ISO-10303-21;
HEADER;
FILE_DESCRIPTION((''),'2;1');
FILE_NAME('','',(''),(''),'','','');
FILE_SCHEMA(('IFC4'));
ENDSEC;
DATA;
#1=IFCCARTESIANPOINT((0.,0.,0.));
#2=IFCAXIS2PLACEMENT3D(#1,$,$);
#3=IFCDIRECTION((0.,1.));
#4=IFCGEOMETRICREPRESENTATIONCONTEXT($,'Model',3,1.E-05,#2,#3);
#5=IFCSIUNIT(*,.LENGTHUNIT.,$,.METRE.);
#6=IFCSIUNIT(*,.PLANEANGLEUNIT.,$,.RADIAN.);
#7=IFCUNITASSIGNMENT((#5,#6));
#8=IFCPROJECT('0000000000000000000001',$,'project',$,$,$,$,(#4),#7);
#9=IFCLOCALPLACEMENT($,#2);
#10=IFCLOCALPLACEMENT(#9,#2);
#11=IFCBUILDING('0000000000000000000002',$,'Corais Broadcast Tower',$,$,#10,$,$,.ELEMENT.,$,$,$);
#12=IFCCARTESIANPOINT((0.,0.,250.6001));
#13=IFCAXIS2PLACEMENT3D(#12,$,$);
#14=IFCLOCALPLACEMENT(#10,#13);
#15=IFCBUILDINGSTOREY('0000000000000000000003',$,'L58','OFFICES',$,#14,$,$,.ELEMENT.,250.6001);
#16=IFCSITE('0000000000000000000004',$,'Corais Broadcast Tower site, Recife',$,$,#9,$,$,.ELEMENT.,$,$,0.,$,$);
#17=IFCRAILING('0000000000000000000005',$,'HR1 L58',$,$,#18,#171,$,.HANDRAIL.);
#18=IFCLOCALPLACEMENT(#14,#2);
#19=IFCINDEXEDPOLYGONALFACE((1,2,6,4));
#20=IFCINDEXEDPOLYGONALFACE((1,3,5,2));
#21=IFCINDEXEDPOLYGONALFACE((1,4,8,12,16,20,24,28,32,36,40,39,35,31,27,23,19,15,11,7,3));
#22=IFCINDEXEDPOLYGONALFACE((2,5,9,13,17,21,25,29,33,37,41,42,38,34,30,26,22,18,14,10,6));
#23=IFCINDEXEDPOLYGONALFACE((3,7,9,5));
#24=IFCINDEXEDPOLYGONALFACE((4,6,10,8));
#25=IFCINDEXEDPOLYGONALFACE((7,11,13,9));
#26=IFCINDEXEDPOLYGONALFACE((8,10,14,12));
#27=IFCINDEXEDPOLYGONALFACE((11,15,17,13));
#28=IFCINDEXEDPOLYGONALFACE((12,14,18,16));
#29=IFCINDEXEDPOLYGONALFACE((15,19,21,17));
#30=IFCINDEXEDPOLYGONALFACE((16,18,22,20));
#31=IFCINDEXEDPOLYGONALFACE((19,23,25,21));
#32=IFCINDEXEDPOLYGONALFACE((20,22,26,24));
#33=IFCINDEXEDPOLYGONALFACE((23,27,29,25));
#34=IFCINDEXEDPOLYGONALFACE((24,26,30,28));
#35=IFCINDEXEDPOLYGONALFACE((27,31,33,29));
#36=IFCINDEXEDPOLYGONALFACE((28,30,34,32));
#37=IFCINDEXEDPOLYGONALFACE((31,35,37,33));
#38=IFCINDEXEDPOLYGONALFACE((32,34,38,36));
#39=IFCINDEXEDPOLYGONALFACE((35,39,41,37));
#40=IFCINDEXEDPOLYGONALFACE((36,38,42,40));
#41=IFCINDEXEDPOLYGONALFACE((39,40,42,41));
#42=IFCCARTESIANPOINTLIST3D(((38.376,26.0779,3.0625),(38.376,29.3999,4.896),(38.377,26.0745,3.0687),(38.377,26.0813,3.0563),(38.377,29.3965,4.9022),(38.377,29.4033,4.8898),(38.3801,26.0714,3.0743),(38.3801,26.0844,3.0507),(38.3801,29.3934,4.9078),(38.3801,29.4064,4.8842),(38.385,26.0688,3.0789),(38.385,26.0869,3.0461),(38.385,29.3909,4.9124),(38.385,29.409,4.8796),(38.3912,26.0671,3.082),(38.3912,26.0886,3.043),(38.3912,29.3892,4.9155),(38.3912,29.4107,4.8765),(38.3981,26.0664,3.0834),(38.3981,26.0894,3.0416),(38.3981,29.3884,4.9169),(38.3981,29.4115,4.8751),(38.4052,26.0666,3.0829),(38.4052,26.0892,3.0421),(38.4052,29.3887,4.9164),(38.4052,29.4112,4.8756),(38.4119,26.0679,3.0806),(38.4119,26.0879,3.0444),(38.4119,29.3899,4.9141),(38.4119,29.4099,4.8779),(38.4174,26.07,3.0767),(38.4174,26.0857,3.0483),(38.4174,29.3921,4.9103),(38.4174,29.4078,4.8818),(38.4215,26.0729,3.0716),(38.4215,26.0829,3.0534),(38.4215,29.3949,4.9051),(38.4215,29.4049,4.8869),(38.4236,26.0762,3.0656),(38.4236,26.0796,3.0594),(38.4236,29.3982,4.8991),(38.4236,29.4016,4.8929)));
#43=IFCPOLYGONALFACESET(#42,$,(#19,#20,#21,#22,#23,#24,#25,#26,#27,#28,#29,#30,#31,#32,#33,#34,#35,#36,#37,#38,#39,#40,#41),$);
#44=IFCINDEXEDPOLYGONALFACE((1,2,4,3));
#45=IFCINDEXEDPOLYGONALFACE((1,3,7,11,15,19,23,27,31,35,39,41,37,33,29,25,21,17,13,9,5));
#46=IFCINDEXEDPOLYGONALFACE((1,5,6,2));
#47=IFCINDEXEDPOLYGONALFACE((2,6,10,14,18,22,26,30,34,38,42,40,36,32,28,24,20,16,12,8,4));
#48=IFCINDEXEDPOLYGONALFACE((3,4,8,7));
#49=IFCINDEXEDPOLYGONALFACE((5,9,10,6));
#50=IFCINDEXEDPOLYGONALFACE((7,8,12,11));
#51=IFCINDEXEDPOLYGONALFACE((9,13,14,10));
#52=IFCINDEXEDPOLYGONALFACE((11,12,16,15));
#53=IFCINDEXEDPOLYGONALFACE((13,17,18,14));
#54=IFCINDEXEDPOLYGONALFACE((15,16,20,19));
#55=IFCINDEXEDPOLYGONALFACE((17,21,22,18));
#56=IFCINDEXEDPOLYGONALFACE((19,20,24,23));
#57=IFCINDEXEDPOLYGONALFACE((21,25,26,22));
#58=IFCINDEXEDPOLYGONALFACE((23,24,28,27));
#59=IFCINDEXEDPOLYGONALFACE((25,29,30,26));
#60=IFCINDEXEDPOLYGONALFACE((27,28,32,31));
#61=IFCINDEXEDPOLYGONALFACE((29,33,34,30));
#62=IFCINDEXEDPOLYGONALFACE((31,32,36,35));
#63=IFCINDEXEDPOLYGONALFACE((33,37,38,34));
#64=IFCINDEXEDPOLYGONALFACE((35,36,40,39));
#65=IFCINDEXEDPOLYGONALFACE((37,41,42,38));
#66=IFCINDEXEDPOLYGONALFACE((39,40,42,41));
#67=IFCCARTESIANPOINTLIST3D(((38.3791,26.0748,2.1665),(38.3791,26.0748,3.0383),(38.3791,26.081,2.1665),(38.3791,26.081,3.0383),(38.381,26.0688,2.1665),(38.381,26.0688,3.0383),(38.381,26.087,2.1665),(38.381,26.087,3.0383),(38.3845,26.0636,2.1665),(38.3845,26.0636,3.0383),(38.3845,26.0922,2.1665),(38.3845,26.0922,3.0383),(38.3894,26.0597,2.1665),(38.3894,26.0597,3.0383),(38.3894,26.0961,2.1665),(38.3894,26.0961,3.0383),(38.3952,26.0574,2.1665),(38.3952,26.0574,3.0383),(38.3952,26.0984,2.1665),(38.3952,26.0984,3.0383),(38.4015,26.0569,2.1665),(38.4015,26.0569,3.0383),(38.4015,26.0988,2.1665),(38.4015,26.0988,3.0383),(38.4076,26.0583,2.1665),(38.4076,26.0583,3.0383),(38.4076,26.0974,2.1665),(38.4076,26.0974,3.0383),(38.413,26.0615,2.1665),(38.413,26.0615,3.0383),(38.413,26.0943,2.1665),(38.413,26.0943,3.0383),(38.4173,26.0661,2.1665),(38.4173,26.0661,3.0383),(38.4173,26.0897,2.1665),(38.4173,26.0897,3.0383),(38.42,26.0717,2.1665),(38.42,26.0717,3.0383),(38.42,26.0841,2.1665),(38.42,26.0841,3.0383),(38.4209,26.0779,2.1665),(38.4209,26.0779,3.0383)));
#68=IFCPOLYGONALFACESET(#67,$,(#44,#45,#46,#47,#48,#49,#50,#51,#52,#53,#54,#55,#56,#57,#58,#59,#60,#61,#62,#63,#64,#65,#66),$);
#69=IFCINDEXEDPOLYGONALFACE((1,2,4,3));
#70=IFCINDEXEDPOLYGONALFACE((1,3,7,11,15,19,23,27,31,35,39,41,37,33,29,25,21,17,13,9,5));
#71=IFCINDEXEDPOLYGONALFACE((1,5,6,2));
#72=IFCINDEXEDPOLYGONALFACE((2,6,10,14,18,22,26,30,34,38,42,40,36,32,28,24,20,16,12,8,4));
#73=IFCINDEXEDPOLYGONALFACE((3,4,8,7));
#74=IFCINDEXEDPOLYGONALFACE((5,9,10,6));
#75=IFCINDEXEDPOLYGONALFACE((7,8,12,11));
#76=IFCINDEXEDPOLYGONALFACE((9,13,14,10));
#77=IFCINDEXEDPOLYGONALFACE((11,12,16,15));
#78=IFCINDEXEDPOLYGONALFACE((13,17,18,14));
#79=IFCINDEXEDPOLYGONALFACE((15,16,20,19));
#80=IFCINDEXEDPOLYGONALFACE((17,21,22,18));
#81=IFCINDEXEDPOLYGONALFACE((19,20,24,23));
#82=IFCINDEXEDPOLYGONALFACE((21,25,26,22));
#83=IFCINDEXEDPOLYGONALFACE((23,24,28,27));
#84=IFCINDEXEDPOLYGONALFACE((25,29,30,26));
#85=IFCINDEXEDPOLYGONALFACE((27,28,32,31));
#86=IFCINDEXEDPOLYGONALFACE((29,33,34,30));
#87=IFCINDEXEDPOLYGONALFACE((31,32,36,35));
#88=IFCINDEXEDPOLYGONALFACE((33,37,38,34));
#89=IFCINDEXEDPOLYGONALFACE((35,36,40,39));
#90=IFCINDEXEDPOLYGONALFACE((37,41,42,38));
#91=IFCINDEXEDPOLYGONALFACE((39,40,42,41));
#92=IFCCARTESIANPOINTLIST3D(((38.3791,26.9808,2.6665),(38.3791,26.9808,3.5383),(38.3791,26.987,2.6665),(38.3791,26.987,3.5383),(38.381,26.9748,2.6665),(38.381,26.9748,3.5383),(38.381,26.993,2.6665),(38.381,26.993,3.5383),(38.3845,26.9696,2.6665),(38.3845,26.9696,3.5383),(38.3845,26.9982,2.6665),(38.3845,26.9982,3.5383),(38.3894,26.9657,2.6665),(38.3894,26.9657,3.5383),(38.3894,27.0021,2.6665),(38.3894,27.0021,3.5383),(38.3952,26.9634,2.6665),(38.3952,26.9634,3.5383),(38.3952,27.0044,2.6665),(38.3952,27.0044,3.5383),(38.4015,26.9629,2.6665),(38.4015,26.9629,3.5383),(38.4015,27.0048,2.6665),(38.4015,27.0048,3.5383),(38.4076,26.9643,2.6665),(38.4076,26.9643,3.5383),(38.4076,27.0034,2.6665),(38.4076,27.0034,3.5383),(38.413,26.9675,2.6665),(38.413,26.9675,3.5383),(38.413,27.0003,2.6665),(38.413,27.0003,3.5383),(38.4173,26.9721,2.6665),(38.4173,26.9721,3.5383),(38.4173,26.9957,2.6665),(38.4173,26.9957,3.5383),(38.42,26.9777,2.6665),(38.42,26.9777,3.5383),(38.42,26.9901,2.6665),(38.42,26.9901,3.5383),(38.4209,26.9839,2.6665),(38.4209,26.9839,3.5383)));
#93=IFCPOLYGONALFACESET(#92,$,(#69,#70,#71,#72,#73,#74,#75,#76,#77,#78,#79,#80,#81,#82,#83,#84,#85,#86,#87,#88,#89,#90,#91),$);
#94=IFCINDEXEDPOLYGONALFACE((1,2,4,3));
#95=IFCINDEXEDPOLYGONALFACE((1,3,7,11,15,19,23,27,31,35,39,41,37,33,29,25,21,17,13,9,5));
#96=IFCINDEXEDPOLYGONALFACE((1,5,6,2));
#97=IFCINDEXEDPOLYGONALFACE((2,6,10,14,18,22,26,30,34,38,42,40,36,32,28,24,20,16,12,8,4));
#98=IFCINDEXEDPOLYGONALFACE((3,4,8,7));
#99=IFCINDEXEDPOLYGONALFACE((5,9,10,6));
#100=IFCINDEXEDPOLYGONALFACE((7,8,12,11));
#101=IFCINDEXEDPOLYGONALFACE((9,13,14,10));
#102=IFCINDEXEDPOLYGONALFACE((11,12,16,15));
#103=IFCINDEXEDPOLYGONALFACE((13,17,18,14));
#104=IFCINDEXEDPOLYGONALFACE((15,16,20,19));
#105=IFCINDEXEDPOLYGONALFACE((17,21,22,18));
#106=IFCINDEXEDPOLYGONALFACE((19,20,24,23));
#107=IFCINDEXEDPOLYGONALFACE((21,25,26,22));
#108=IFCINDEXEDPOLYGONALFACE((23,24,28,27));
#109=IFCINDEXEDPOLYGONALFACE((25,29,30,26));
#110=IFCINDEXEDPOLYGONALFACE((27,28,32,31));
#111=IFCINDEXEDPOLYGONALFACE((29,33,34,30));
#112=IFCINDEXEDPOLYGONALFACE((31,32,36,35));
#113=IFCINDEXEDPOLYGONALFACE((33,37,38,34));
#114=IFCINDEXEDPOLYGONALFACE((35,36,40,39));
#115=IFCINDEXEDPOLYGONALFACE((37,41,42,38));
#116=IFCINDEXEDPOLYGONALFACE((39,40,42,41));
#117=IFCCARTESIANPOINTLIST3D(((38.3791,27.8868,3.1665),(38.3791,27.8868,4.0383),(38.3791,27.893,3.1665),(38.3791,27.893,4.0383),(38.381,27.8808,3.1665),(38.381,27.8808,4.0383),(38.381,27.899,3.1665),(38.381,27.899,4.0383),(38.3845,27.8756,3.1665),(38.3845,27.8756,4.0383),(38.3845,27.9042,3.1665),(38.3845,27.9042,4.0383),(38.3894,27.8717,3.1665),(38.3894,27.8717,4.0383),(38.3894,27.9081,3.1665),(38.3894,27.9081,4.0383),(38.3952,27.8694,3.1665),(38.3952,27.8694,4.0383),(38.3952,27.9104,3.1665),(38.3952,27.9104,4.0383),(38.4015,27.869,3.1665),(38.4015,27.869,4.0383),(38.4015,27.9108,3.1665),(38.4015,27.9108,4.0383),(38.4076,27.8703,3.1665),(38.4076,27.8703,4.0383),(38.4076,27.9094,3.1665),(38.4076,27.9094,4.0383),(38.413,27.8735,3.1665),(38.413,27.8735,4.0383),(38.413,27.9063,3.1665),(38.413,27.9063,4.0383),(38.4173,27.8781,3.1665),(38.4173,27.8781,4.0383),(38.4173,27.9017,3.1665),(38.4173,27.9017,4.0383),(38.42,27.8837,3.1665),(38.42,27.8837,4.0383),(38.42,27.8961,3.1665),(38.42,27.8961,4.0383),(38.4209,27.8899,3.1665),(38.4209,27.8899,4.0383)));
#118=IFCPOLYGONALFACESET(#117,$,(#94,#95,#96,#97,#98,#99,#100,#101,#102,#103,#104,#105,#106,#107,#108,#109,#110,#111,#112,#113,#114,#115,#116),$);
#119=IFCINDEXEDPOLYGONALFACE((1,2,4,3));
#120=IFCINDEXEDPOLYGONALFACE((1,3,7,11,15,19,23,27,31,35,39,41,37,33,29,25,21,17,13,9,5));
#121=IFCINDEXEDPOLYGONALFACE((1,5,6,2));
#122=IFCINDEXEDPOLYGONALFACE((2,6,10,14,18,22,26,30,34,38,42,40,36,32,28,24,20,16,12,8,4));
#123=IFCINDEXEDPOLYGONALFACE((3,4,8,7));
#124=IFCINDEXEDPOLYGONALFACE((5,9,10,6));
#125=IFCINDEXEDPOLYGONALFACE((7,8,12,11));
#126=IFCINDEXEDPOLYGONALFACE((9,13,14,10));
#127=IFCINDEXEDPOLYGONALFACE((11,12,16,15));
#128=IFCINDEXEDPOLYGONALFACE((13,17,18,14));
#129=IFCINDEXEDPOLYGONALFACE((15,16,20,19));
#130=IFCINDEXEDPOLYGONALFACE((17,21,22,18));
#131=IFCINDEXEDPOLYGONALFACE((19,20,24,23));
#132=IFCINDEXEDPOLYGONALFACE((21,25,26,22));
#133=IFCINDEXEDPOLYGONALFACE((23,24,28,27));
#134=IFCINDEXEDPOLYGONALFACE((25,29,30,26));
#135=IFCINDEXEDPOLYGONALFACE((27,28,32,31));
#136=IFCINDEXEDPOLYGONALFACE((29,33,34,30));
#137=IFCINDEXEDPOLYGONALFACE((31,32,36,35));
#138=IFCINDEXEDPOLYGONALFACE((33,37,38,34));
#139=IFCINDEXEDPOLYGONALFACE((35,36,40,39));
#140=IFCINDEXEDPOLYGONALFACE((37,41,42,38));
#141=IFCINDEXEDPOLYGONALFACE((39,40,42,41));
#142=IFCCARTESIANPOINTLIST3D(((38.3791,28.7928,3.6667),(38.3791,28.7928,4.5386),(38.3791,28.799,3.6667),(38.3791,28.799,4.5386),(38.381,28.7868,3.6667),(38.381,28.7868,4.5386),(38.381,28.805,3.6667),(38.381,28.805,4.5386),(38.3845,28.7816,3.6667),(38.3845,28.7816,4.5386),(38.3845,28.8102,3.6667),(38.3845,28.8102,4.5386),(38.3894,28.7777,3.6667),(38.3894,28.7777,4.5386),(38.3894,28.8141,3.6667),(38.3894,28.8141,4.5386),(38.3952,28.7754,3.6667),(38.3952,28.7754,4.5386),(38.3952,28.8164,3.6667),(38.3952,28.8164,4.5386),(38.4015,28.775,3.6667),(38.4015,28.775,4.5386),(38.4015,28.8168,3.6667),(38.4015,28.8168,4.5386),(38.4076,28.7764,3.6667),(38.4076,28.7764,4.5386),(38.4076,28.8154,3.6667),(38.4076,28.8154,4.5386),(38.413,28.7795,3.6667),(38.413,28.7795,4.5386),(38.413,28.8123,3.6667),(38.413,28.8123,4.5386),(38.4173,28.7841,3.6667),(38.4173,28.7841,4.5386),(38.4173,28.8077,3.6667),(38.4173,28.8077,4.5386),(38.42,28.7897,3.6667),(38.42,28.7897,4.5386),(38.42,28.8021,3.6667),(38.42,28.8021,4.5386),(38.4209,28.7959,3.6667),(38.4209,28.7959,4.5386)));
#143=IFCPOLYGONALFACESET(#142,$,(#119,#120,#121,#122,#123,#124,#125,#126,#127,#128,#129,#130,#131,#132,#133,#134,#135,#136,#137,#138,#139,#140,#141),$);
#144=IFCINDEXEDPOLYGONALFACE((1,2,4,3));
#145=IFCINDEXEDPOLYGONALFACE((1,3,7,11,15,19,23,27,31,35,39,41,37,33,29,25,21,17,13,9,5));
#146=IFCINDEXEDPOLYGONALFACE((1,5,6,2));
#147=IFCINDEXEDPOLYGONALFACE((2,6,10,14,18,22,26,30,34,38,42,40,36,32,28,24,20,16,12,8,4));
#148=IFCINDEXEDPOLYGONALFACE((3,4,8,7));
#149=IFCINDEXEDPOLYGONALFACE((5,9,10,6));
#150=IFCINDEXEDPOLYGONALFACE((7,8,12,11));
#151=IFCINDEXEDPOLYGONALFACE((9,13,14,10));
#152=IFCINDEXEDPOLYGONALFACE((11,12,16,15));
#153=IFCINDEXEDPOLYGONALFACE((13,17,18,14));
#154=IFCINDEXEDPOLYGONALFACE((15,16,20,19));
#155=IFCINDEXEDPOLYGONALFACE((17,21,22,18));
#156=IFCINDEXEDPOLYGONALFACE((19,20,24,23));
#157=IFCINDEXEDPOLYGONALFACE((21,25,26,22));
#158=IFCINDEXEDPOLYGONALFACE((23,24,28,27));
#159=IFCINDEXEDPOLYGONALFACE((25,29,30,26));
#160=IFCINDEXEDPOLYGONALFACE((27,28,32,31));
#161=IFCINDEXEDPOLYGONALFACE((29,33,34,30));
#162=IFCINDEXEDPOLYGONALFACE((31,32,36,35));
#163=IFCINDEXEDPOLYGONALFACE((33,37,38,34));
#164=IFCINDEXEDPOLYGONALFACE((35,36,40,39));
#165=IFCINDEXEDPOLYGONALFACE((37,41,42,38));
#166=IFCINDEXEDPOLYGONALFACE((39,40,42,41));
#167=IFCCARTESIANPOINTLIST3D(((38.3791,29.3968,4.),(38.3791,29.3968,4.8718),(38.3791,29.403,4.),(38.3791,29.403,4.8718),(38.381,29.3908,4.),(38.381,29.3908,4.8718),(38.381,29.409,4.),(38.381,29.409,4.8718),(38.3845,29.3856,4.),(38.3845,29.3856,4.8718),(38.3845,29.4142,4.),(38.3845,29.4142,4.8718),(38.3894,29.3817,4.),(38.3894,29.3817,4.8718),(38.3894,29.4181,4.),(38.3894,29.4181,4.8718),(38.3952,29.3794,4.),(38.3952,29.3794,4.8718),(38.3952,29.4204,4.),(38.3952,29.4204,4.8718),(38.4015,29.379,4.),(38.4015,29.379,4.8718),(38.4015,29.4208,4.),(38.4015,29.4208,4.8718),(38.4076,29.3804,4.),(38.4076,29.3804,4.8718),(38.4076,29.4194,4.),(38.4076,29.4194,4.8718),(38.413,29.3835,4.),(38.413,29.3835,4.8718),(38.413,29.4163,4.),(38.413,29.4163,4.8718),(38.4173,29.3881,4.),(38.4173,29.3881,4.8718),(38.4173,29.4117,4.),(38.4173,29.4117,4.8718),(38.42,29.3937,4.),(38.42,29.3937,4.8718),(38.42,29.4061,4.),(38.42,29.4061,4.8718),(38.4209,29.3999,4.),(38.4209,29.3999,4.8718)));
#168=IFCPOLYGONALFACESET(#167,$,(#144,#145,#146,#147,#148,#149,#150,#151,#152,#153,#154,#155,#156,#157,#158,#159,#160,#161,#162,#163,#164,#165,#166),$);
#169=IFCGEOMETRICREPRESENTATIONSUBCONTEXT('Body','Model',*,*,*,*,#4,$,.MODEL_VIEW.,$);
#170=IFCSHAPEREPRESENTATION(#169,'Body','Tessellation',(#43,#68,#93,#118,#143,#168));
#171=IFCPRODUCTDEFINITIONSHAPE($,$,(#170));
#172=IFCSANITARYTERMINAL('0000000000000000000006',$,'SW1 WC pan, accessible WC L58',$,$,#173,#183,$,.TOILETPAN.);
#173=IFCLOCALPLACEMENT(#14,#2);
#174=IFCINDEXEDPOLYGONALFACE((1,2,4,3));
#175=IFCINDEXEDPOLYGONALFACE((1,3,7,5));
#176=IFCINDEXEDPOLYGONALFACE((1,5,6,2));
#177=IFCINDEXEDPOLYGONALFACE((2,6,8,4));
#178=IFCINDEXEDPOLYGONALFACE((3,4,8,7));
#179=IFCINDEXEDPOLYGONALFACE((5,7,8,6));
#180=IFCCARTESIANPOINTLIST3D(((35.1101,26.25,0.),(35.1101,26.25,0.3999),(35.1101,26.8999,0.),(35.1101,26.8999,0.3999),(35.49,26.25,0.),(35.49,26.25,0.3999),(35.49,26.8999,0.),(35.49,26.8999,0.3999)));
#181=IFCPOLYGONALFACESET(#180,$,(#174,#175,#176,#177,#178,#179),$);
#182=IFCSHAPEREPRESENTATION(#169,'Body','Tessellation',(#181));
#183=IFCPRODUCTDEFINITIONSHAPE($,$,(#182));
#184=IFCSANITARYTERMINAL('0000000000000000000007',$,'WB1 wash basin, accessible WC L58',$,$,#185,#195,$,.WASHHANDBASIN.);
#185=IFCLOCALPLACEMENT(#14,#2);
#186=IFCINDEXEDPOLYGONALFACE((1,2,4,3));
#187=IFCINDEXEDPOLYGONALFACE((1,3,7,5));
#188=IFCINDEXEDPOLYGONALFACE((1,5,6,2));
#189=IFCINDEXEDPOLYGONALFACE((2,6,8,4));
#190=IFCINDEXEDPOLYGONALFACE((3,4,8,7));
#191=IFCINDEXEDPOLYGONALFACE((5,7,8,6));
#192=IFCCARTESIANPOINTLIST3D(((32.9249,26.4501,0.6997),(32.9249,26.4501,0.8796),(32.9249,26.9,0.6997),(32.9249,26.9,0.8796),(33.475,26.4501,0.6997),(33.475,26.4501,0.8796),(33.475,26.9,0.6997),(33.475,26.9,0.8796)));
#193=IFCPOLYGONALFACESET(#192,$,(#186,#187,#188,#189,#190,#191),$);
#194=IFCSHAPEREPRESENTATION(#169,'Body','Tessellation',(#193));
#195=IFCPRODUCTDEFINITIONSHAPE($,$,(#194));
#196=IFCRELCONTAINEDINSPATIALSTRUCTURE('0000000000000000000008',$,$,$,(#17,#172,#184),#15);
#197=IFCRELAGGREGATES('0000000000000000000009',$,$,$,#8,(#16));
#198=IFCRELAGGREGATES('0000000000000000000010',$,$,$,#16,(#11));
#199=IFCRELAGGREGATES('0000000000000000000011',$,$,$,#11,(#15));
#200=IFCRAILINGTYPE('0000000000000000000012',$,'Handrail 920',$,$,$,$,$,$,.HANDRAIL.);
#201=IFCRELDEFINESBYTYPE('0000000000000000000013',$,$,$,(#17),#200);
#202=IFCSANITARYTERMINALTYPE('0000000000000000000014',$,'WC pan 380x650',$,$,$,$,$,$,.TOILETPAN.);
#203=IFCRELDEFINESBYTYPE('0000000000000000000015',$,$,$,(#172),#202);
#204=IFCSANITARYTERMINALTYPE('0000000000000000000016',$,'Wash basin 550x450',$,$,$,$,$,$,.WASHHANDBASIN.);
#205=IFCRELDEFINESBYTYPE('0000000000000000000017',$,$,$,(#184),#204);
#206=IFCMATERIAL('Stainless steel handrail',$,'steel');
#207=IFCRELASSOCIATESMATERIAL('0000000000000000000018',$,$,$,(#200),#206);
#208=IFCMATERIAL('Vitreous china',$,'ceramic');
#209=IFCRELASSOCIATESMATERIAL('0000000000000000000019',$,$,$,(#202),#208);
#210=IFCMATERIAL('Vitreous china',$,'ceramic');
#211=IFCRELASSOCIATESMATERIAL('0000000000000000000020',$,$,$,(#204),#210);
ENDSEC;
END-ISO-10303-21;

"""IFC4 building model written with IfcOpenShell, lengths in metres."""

from ifc_helpers import new_model, si_unit, direction, frame, origin, origin_2d, place, context, subcontext, project, spatial, rectangle, circle, extrude, material, type_object, element, save


model = new_model("IFC4")

# Units and contexts
model_context = context("Model", 3, precision=1e-05, world=origin(), true_north=direction((0.0, 1.0)))
body_context = subcontext(model_context, "Body", "Model", "MODEL_VIEW")
ifc_project = project(units=[si_unit("LENGTHUNIT", "METRE"), si_unit("PLANEANGLEUNIT", "RADIAN")], contexts=[model_context])

# Site, building, storey
site_placement = place(None, origin())
site = spatial("IfcSite", under=ifc_project, at=site_placement, Name="Corais Broadcast Tower site, Recife", CompositionType="ELEMENT", RefElevation=0.0)
building_placement = place(site_placement, origin())
building = spatial("IfcBuilding", under=site, at=building_placement, Name="Corais Broadcast Tower", CompositionType="ELEMENT")
storey_placement = place(building_placement, frame((0.0, 0.0, 250.6001)))
storey = spatial("IfcBuildingStorey", under=building, at=storey_placement, Name="L58", Description="OFFICES", CompositionType="ELEMENT", Elevation=250.6001)

# Railing
ifc_material_1 = material(Name="Stainless steel handrail", Category="steel")
railing_type = type_object("IfcRailingType", Name="Handrail 920", PredefinedType="HANDRAIL", material=ifc_material_1)
for number, where, name in (
    (1, (38.3999, 26.0779, 2.1665), "HR1 L58"),
):
    element("IfcRailing", number, at=place(storey_placement, frame(where)), inside=storey, type_object=railing_type, Name=name, PredefinedType="HANDRAIL", context=body_context, shape_type="SweptSolid", body=[
        extrude(circle(Radius=0.0239, at=origin_2d()), frame((0.0, 0.0, 0.896), z_axis=(0.0, 0.875504, 0.48321), x_axis=(-1.0, 0.0, 0.0)), (0.0, 0.0, 1.0), 3.7944),
        extrude(circle(Radius=0.021, at=origin_2d()), origin(), (0.0, 0.0, 1.0), 0.8718),
        extrude(circle(Radius=0.021, at=origin_2d()), frame((0.0, 0.906, 0.5)), (0.0, 0.0, 1.0), 0.8718),
        extrude(circle(Radius=0.021, at=origin_2d()), frame((0.0, 1.812, 1.0)), (0.0, 0.0, 1.0), 0.8718),
        extrude(circle(Radius=0.021, at=origin_2d()), frame((0.0, 2.718, 1.5002)), (0.0, 0.0, 1.0), 0.8718),
        extrude(circle(Radius=0.021, at=origin_2d()), frame((0.0, 3.322, 1.8335)), (0.0, 0.0, 1.0), 0.8718),
    ])

# Sanitary terminals
ifc_material_2 = material(Name="Vitreous china", Category="ceramic")
sanitary_terminal_type_1 = type_object("IfcSanitaryTerminalType", Name="WC pan 380x650", PredefinedType="TOILETPAN", material=ifc_material_2)
sanitary_terminal_1_placement = place(storey_placement, frame((35.3, 26.575, 0.0), z_axis=(0.0, 0.0, 1.0), x_axis=(1.0, 0.0, 0.0)))
element("IfcSanitaryTerminal", 2, at=sanitary_terminal_1_placement, inside=storey, type_object=sanitary_terminal_type_1, Name="SW1 WC pan, accessible WC L58", PredefinedType="TOILETPAN", context=body_context, shape_type="SweptSolid", body=[
    extrude(rectangle(XDim=0.3799, YDim=0.6499, at=origin_2d()), origin(), (0.0, 0.0, 1.0), 0.3999),
])
ifc_material_3 = material(Name="Vitreous china", Category="ceramic")
sanitary_terminal_type_2 = type_object("IfcSanitaryTerminalType", Name="Wash basin 550x450", PredefinedType="WASHHANDBASIN", material=ifc_material_3)
sanitary_terminal_2_placement = place(storey_placement, frame((33.2, 26.675, 0.6997), z_axis=(0.0, 0.0, 1.0), x_axis=(1.0, 0.0, 0.0)))
element("IfcSanitaryTerminal", 3, at=sanitary_terminal_2_placement, inside=storey, type_object=sanitary_terminal_type_2, Name="WB1 wash basin, accessible WC L58", PredefinedType="WASHHANDBASIN", context=body_context, shape_type="SweptSolid", body=[
    extrude(rectangle(XDim=0.55, YDim=0.45, at=origin_2d()), origin(), (0.0, 0.0, 1.0), 0.1799),
])

save(model, "model.ifc")
